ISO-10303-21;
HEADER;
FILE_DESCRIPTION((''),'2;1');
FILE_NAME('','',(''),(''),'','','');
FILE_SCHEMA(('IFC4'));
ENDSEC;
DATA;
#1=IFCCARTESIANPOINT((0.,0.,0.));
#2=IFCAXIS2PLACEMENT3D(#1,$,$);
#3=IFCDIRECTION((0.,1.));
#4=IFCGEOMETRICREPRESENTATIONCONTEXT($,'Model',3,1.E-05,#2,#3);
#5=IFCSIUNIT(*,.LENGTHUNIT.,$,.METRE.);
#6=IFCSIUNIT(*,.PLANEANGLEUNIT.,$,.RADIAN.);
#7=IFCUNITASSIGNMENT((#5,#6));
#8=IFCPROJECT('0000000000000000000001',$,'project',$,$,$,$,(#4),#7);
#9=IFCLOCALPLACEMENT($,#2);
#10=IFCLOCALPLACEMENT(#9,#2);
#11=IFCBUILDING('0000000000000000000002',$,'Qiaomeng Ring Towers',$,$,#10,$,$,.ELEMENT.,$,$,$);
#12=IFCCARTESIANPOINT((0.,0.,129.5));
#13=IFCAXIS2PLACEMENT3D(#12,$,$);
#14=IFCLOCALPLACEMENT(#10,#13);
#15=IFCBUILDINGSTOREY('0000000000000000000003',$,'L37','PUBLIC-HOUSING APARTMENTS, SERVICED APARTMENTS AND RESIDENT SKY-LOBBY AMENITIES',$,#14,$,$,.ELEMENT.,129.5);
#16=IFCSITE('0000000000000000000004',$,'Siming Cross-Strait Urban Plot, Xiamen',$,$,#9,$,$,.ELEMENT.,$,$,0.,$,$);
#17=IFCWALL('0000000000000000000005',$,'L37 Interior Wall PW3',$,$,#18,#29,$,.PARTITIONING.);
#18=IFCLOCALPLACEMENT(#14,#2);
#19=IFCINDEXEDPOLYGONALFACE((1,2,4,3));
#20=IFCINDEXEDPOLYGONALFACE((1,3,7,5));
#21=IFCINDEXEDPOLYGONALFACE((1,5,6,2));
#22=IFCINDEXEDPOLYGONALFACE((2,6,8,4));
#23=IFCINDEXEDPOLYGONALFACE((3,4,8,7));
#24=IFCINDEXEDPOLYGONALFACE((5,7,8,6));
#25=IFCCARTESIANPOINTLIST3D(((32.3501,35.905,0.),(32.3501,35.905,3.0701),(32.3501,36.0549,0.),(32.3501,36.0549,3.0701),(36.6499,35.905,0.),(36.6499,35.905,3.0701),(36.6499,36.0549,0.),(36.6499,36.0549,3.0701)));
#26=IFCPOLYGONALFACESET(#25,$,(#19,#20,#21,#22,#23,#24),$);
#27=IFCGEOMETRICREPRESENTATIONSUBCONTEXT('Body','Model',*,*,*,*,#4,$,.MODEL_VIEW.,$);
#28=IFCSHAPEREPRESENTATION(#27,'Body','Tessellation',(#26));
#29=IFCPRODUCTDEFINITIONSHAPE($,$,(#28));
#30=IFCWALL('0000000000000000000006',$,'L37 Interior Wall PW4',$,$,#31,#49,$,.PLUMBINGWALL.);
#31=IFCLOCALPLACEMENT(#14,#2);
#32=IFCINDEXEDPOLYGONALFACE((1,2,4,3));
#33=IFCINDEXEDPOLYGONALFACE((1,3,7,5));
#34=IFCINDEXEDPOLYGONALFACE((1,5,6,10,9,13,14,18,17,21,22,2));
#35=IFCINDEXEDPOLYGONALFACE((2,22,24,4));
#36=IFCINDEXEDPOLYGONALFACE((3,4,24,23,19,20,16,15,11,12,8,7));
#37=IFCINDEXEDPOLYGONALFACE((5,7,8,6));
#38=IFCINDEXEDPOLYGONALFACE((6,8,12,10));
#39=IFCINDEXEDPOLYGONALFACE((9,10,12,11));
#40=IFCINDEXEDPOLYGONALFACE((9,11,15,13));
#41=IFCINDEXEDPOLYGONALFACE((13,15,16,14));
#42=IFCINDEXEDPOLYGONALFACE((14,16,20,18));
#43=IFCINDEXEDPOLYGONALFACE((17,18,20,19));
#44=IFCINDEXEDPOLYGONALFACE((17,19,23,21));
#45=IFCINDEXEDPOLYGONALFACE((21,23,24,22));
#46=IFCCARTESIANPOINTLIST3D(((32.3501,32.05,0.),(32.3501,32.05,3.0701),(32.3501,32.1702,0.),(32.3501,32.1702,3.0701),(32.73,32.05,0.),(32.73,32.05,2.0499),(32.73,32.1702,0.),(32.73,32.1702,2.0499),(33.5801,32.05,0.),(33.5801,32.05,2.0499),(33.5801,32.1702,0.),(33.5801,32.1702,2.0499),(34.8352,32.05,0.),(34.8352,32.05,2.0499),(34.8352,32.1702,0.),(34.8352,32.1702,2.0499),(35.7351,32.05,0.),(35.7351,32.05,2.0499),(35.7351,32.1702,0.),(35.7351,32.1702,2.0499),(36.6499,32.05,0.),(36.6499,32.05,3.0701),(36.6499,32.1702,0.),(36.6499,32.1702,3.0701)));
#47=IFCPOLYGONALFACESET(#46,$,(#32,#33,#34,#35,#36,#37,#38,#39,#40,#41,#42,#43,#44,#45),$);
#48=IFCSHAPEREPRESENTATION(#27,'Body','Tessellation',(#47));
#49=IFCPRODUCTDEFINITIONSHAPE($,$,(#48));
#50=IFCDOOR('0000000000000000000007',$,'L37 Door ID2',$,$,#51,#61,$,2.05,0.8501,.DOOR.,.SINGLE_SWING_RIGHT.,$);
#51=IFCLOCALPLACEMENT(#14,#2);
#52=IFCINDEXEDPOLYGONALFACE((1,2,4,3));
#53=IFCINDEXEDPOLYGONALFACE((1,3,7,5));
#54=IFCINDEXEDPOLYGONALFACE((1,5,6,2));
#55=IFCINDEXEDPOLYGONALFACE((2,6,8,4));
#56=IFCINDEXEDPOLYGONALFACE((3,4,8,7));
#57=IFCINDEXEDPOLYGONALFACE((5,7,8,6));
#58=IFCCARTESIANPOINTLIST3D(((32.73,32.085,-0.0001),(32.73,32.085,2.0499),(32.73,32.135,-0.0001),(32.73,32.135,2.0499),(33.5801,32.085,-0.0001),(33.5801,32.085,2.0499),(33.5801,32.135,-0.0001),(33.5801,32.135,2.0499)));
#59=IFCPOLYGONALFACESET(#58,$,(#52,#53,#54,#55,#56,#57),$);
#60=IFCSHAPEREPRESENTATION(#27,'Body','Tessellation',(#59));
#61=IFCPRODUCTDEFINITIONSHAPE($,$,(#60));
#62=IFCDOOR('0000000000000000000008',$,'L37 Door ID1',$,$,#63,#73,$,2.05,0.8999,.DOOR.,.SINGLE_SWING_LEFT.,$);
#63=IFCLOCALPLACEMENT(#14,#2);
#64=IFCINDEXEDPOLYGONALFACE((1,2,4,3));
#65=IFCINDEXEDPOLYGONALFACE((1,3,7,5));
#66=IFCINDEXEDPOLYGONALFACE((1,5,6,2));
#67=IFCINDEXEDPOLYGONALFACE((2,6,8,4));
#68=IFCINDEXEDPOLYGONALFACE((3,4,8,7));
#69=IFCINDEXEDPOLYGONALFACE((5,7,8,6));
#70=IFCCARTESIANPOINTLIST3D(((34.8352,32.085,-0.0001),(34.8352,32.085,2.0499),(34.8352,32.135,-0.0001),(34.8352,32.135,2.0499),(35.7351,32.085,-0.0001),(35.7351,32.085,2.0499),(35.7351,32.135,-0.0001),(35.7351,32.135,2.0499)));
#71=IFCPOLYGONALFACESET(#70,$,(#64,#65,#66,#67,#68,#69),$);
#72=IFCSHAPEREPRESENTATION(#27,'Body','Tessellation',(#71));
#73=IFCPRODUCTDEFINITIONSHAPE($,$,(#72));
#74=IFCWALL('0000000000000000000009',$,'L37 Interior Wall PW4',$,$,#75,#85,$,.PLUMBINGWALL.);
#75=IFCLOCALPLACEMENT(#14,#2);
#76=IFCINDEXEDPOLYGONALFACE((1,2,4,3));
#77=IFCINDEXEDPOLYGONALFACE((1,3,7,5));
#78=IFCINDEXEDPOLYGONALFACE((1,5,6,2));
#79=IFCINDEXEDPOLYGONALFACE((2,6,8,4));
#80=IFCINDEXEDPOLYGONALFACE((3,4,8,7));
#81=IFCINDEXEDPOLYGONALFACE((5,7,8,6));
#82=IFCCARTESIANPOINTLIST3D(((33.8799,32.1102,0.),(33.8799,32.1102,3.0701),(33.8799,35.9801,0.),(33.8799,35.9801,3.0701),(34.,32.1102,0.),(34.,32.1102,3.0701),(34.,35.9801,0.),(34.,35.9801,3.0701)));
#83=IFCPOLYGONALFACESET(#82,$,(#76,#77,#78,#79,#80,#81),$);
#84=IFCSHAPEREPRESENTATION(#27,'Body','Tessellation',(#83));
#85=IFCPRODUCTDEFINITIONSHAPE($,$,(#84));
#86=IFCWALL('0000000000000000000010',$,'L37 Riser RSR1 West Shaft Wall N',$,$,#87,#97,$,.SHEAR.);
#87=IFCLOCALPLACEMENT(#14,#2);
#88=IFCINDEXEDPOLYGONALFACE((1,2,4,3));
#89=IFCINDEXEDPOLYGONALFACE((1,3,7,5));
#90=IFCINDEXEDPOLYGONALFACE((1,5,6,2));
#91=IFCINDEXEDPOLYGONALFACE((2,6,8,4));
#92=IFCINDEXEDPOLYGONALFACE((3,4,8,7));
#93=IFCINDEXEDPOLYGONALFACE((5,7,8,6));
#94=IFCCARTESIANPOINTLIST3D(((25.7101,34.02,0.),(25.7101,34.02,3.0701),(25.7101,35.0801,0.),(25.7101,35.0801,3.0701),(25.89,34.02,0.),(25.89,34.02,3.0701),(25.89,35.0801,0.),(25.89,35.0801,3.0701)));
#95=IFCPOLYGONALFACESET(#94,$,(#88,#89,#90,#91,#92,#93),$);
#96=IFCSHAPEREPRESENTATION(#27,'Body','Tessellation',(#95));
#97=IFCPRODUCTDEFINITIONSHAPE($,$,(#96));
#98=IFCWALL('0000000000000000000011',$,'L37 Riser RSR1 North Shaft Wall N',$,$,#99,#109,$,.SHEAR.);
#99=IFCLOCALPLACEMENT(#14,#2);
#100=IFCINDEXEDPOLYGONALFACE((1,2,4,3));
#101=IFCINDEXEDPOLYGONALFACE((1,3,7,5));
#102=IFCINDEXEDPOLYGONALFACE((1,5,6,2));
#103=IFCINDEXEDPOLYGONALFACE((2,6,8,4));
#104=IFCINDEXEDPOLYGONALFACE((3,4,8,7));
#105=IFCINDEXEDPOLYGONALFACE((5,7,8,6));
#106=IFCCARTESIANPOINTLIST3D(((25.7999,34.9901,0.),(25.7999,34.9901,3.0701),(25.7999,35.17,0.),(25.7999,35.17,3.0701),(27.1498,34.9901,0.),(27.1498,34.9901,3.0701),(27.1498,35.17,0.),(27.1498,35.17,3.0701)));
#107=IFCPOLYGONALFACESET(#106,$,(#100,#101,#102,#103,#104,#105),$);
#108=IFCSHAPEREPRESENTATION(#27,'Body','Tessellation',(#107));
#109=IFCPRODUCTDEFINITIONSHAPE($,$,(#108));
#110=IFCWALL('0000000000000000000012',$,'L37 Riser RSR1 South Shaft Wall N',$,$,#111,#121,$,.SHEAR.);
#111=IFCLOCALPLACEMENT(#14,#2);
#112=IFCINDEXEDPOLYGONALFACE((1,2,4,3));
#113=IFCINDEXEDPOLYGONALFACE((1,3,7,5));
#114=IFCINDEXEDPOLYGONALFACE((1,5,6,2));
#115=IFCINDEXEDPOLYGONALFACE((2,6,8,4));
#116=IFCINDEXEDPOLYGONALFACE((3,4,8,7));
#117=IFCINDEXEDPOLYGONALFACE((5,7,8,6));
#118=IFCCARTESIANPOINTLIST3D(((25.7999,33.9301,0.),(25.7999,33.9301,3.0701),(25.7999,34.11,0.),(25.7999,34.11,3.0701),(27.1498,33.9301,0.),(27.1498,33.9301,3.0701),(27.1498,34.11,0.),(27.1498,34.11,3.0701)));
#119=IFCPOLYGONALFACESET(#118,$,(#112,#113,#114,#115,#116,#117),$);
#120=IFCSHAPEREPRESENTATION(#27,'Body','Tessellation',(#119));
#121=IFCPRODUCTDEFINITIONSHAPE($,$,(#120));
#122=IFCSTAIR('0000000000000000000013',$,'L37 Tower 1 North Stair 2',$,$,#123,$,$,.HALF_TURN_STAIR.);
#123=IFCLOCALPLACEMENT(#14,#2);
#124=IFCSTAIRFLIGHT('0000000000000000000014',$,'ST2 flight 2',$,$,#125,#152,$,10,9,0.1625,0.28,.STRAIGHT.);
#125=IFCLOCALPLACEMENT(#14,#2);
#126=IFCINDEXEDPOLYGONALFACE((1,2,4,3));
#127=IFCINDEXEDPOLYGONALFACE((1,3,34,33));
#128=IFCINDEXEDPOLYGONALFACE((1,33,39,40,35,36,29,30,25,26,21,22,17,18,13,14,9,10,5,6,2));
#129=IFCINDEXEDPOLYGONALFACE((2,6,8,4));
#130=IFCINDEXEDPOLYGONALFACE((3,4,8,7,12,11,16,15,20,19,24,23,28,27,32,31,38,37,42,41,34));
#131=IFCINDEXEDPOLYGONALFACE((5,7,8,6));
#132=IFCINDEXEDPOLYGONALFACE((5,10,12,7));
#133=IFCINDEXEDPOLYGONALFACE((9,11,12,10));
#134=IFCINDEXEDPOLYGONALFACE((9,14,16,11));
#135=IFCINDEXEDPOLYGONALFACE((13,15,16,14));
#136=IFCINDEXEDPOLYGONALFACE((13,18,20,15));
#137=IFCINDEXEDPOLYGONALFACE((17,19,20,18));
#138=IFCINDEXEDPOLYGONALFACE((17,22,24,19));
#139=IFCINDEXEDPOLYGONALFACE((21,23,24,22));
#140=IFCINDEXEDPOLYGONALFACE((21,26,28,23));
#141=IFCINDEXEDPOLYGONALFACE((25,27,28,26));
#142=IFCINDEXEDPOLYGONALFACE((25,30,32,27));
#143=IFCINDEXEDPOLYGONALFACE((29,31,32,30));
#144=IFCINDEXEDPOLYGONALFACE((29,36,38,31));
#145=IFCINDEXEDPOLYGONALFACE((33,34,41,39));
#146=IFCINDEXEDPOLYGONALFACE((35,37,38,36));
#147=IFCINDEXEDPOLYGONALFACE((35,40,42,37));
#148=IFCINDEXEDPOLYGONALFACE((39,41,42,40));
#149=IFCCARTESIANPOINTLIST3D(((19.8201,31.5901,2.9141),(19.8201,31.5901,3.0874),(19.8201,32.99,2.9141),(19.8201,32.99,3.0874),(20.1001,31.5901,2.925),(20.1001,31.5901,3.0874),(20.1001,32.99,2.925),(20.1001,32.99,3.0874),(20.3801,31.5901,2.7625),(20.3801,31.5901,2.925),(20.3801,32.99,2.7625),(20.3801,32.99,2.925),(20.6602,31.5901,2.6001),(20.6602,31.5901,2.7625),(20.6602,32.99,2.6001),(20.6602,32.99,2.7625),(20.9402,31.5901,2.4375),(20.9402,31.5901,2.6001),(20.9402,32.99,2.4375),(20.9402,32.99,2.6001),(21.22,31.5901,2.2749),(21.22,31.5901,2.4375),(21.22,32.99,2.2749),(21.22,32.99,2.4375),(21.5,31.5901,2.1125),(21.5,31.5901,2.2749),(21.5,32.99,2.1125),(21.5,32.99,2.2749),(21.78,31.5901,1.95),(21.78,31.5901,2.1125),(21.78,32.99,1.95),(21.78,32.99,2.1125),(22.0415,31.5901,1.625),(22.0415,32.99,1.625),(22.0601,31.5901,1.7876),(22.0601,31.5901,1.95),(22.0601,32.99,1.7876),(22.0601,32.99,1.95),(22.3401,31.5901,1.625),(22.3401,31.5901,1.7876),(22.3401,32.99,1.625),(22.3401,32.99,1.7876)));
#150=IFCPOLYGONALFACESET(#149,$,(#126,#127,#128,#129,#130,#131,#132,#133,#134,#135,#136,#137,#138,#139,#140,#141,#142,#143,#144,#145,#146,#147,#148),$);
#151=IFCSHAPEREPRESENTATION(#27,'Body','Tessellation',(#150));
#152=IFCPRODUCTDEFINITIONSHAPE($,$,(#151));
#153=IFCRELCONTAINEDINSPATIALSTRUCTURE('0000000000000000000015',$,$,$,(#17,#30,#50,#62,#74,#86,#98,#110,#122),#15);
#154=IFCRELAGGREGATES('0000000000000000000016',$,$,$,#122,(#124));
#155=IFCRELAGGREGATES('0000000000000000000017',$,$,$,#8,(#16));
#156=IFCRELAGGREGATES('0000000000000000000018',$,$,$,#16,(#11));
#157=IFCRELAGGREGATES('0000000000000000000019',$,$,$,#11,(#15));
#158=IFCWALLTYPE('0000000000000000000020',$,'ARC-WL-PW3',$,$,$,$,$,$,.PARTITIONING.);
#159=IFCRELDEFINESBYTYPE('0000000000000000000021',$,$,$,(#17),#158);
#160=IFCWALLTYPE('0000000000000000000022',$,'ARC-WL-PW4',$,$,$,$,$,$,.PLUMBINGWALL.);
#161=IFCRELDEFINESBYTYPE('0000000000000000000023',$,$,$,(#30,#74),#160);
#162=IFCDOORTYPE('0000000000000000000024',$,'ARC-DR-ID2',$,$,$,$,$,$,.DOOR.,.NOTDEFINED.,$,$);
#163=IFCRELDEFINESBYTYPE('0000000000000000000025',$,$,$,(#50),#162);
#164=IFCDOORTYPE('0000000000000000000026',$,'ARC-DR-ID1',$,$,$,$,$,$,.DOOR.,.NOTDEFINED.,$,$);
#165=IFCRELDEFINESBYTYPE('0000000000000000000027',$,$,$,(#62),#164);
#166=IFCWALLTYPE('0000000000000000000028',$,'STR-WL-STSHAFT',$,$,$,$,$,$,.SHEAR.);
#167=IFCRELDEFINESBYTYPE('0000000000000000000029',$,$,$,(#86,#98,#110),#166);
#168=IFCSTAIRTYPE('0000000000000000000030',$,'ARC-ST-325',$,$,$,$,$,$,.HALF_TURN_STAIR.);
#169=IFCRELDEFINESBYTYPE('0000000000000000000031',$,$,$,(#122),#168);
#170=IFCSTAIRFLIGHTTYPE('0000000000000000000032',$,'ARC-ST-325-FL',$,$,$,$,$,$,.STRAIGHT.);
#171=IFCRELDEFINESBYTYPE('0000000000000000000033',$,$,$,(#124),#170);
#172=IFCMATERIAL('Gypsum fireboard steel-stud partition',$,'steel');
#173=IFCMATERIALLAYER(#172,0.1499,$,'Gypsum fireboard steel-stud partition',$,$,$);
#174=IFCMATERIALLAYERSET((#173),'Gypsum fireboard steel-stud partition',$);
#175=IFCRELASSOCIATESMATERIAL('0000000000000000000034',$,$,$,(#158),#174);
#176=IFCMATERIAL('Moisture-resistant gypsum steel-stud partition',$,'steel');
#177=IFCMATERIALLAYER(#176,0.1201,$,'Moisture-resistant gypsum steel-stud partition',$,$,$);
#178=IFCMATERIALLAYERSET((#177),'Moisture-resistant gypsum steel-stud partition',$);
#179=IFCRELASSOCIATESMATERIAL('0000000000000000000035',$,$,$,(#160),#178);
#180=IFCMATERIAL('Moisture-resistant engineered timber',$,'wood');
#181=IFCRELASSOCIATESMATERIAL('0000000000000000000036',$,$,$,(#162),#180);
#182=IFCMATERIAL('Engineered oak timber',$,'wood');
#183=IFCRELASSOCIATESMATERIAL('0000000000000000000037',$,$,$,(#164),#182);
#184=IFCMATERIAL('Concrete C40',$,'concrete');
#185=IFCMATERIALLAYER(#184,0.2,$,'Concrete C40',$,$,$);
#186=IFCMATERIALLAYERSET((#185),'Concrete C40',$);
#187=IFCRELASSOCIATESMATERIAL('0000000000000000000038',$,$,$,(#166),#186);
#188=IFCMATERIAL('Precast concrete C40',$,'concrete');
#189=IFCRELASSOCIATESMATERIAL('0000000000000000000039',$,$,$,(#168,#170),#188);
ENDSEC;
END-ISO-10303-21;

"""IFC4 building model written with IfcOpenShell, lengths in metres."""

from ifc_helpers import new_model, si_unit, direction, frame, frame_2d, origin, place, context, subcontext, project, spatial, polyline, rectangle, outline, extrude, source, transform, mapped, material, layer, layer_set, type_object, element, fill, aggregate, save


model = new_model("IFC4")

# Units and contexts
model_context = context("Model", 3, precision=1e-05, world=origin(), true_north=direction((0.0, 1.0)))
body_context = subcontext(model_context, "Body", "Model", "MODEL_VIEW")
ifc_project = project(units=[si_unit("LENGTHUNIT", "METRE"), si_unit("PLANEANGLEUNIT", "RADIAN")], contexts=[model_context])

# Site, building, storey
site_placement = place(None, origin())
site = spatial("IfcSite", under=ifc_project, at=site_placement, Name="Siming Cross-Strait Urban Plot, Xiamen", CompositionType="ELEMENT", RefElevation=0.0)
building_placement = place(site_placement, origin())
building = spatial("IfcBuilding", under=site, at=building_placement, Name="Qiaomeng Ring Towers", CompositionType="ELEMENT")
storey_placement = place(building_placement, frame((0.0, 0.0, 129.5)))
storey = spatial("IfcBuildingStorey", under=building, at=storey_placement, Name="L37", Description="PUBLIC-HOUSING APARTMENTS, SERVICED APARTMENTS AND RESIDENT SKY-LOBBY AMENITIES", CompositionType="ELEMENT", Elevation=129.5)

# Wall
ifc_material_1 = material(Name="Gypsum fireboard steel-stud partition", Category="steel")
ifc_layer_1 = layer(ifc_material_1, 0.1499, Name="Gypsum fireboard steel-stud partition")
ifc_layer_set_1 = layer_set([ifc_layer_1], Name="Gypsum fireboard steel-stud partition")
wall_type_1 = type_object("IfcWallType", Name="ARC-WL-PW3", PredefinedType="PARTITIONING", material=ifc_layer_set_1)
wall_1_placement = place(storey_placement, frame((32.3501, 35.98, 0.0), z_axis=(0.0, 0.0, 1.0), x_axis=(1.0, 0.0, 0.0)))
element("IfcWall", 1, at=wall_1_placement, inside=storey, type_object=wall_type_1, Name="L37 Interior Wall PW3", PredefinedType="PARTITIONING", context=body_context, shape_type="SweptSolid", body=[
    extrude(rectangle(XDim=4.2998, YDim=0.1499, at=frame_2d((2.1499, 0.0))), origin(), (0.0, 0.0, 1.0), 3.0701),
])

# Wall, openings, doors
ifc_material_2 = material(Name="Moisture-resistant gypsum steel-stud partition", Category="steel")
ifc_layer_2 = layer(ifc_material_2, 0.1201, Name="Moisture-resistant gypsum steel-stud partition")
ifc_layer_set_2 = layer_set([ifc_layer_2], Name="Moisture-resistant gypsum steel-stud partition")
wall_type_2 = type_object("IfcWallType", Name="ARC-WL-PW4", PredefinedType="PLUMBINGWALL", material=ifc_layer_set_2)
wall_2_placement = place(storey_placement, frame((32.3501, 32.1101, 0.0), z_axis=(0.0, 0.0, 1.0), x_axis=(1.0, 0.0, 0.0)))
wall_2 = element("IfcWall", 2, at=wall_2_placement, inside=storey, type_object=wall_type_2, Name="L37 Interior Wall PW4", PredefinedType="PLUMBINGWALL", context=body_context, shape_type="SweptSolid", body=[
    extrude(rectangle(XDim=4.2998, YDim=0.1201, at=frame_2d((2.1499, 0.0))), origin(), (0.0, 0.0, 1.0), 3.0701),
])
opening_1_placement = place(wall_2_placement, frame((0.3799, 0.0, 0.0)))
opening_1 = element("IfcOpeningElement", 3, at=opening_1_placement, cuts=wall_2, PredefinedType="OPENING", context=body_context, shape_type="SweptSolid", body=[
    extrude(rectangle(XDim=0.8501, YDim=2.05, at=frame_2d((0.425, 1.0249))), frame((0.0, 0.0701, 0.0), z_axis=(0.0, -1.0, 0.0), x_axis=(1.0, 0.0, 0.0)), (0.0, 0.0, 1.0), 0.1401),
])
opening_2_placement = place(wall_2_placement, frame((2.4851, 0.0, 0.0)))
opening_2 = element("IfcOpeningElement", 4, at=opening_2_placement, cuts=wall_2, PredefinedType="OPENING", context=body_context, shape_type="SweptSolid", body=[
    extrude(rectangle(XDim=0.8999, YDim=2.05, at=frame_2d((0.45, 1.0249))), frame((0.0, 0.0701, 0.0), z_axis=(0.0, -1.0, 0.0), x_axis=(1.0, 0.0, 0.0)), (0.0, 0.0, 1.0), 0.1401),
])
ifc_material_3 = material(Name="Moisture-resistant engineered timber", Category="wood")
door_type_1 = type_object("IfcDoorType", Name="ARC-DR-ID2", OperationType="NOTDEFINED", PredefinedType="DOOR", material=ifc_material_3)
shared_shape_1 = source(origin(), body_context, "Body", "SweptSolid", [
    extrude(rectangle(XDim=0.8501, YDim=2.05, at=frame_2d((0.425, 1.0249))), frame((0.0, 0.0249, 0.0), z_axis=(0.0, -1.0, 0.0), x_axis=(1.0, 0.0, 0.0)), (0.0, 0.0, 1.0), 0.05),
])
door_1_placement = place(opening_1_placement, origin())
door_1 = element("IfcDoor", 5, at=door_1_placement, inside=storey, type_object=door_type_1, Name="L37 Door ID2", OperationType="SINGLE_SWING_RIGHT", OverallHeight=2.05, OverallWidth=0.8501, PredefinedType="DOOR", context=body_context, shape_type="MappedRepresentation", body=[
    mapped(shared_shape_1, transform((0.0, 0.0, 0.0), x_axis=(1.0, 0.0, 0.0), y_axis=(0.0, 1.0, 0.0), z_axis=(0.0, 0.0, 1.0), scale=1.0)),
])
fill(opening_1, door_1)
ifc_material_4 = material(Name="Engineered oak timber", Category="wood")
door_type_2 = type_object("IfcDoorType", Name="ARC-DR-ID1", OperationType="NOTDEFINED", PredefinedType="DOOR", material=ifc_material_4)
shared_shape_2 = source(origin(), body_context, "Body", "SweptSolid", [
    extrude(rectangle(XDim=0.8999, YDim=2.05, at=frame_2d((0.45, 1.0249))), frame((0.0, 0.0249, 0.0), z_axis=(0.0, -1.0, 0.0), x_axis=(1.0, 0.0, 0.0)), (0.0, 0.0, 1.0), 0.05),
])
door_2_placement = place(opening_2_placement, origin())
door_2 = element("IfcDoor", 6, at=door_2_placement, inside=storey, type_object=door_type_2, Name="L37 Door ID1", OperationType="SINGLE_SWING_LEFT", OverallHeight=2.05, OverallWidth=0.8999, PredefinedType="DOOR", context=body_context, shape_type="MappedRepresentation", body=[
    mapped(shared_shape_2, transform((0.0, 0.0, 0.0), x_axis=(1.0, 0.0, 0.0), y_axis=(0.0, 1.0, 0.0), z_axis=(0.0, 0.0, 1.0), scale=1.0)),
])
fill(opening_2, door_2)

# Walls
wall_3_placement = place(storey_placement, frame((33.9399, 32.1101, 0.0), z_axis=(0.0, 0.0, 1.0), x_axis=(0.0, 1.0, 0.0)))
element("IfcWall", 7, at=wall_3_placement, inside=storey, type_object=wall_type_2, Name="L37 Interior Wall PW4", PredefinedType="PLUMBINGWALL", context=body_context, shape_type="SweptSolid", body=[
    extrude(rectangle(XDim=3.8699, YDim=0.1201, at=frame_2d((1.9351, 0.0))), origin(), (0.0, 0.0, 1.0), 3.0701),
])
ifc_material_5 = material(Name="Concrete C40", Category="concrete")
ifc_layer_3 = layer(ifc_material_5, 0.2, Name="Concrete C40")
ifc_layer_set_3 = layer_set([ifc_layer_3], Name="Concrete C40")
wall_type_3 = type_object("IfcWallType", Name="STR-WL-STSHAFT", PredefinedType="SHEAR", material=ifc_layer_set_3)
wall_4_placement = place(storey_placement, frame((25.8, 34.02, 0.0), z_axis=(0.0, 0.0, 1.0), x_axis=(0.0, 1.0, 0.0)))
element("IfcWall", 8, at=wall_4_placement, inside=storey, type_object=wall_type_3, Name="L37 Riser RSR1 West Shaft Wall N", PredefinedType="SHEAR", context=body_context, shape_type="SweptSolid", body=[
    extrude(rectangle(XDim=1.0601, YDim=0.1799, at=frame_2d((0.53, 0.0))), origin(), (0.0, 0.0, 1.0), 3.0701),
])
for number, where, z_axis, x_axis, name in (
    (9, (25.8, 35.0801, 0.0), (0.0, 0.0, 1.0), (1.0, 0.0, 0.0), "L37 Riser RSR1 North Shaft Wall N"),
    (10, (25.8, 34.02, 0.0), (0.0, 0.0, 1.0), (1.0, 0.0, 0.0), "L37 Riser RSR1 South Shaft Wall N"),
):
    element("IfcWall", number, at=place(storey_placement, frame(where, z_axis=z_axis, x_axis=x_axis)), inside=storey, type_object=wall_type_3, Name=name, PredefinedType="SHEAR", context=body_context, shape_type="SweptSolid", body=[
        extrude(rectangle(XDim=1.3499, YDim=0.1799, at=frame_2d((0.6748, 0.0))), origin(), (0.0, 0.0, 1.0), 3.0701),
    ])

# Stair, stair flight
ifc_material_6 = material(Name="Precast concrete C40", Category="concrete")
stair_type = type_object("IfcStairType", Name="ARC-ST-325", PredefinedType="HALF_TURN_STAIR", material=ifc_material_6)
stair_placement = place(storey_placement, origin())
stair = element("IfcStair", 11, at=stair_placement, inside=storey, type_object=stair_type, Name="L37 Tower 1 North Stair 2", PredefinedType="HALF_TURN_STAIR")
stair_flight_type = type_object("IfcStairFlightType", Name="ARC-ST-325-FL", PredefinedType="STRAIGHT", material=ifc_material_6)
shared_shape_3 = source(origin(), body_context, "Body", "SweptSolid", [
    extrude(outline(polyline([(0.0, 0.0), (0.0, 0.1626), (0.28, 0.1626), (0.28, 0.325), (0.5601, 0.325), (0.5601, 0.4875), (0.8401, 0.4875), (0.8401, 0.6499), (1.1201, 0.6499), (1.1201, 0.8125), (1.3999, 0.8125), (1.3999, 0.9751), (1.6799, 0.9751), (1.6799, 1.1375), (1.96, 1.1375), (1.96, 1.3), (2.24, 1.3), (2.24, 1.4624), (2.52, 1.4624), (2.52, 1.625), (2.52, 1.2891), (0.2986, 0.0), (0.0, 0.0)])), frame((0.0, 0.7, 0.0), z_axis=(0.0, -1.0, 0.0), x_axis=(1.0, 0.0, 0.0)), (0.0, 0.0, 1.0), 1.3999),
])
stair_flight_placement = place(storey_placement, frame((22.3401, 32.29, 1.625), z_axis=(0.0, 0.0, 1.0), x_axis=(-1.0, 0.0, 0.0)))
stair_flight = element("IfcStairFlight", 12, at=stair_flight_placement, type_object=stair_flight_type, Name="ST2 flight 2", NumberOfRisers=10, NumberOfTreads=9, PredefinedType="STRAIGHT", RiserHeight=0.1625, TreadLength=0.28, context=body_context, shape_type="MappedRepresentation", body=[
    mapped(shared_shape_3, transform((0.0, 0.0, 0.0), x_axis=(1.0, 0.0, 0.0), y_axis=(0.0, 1.0, 0.0), z_axis=(0.0, 0.0, 1.0), scale=1.0)),
])
aggregate(stair, [stair_flight])

save(model, "model.ifc")
